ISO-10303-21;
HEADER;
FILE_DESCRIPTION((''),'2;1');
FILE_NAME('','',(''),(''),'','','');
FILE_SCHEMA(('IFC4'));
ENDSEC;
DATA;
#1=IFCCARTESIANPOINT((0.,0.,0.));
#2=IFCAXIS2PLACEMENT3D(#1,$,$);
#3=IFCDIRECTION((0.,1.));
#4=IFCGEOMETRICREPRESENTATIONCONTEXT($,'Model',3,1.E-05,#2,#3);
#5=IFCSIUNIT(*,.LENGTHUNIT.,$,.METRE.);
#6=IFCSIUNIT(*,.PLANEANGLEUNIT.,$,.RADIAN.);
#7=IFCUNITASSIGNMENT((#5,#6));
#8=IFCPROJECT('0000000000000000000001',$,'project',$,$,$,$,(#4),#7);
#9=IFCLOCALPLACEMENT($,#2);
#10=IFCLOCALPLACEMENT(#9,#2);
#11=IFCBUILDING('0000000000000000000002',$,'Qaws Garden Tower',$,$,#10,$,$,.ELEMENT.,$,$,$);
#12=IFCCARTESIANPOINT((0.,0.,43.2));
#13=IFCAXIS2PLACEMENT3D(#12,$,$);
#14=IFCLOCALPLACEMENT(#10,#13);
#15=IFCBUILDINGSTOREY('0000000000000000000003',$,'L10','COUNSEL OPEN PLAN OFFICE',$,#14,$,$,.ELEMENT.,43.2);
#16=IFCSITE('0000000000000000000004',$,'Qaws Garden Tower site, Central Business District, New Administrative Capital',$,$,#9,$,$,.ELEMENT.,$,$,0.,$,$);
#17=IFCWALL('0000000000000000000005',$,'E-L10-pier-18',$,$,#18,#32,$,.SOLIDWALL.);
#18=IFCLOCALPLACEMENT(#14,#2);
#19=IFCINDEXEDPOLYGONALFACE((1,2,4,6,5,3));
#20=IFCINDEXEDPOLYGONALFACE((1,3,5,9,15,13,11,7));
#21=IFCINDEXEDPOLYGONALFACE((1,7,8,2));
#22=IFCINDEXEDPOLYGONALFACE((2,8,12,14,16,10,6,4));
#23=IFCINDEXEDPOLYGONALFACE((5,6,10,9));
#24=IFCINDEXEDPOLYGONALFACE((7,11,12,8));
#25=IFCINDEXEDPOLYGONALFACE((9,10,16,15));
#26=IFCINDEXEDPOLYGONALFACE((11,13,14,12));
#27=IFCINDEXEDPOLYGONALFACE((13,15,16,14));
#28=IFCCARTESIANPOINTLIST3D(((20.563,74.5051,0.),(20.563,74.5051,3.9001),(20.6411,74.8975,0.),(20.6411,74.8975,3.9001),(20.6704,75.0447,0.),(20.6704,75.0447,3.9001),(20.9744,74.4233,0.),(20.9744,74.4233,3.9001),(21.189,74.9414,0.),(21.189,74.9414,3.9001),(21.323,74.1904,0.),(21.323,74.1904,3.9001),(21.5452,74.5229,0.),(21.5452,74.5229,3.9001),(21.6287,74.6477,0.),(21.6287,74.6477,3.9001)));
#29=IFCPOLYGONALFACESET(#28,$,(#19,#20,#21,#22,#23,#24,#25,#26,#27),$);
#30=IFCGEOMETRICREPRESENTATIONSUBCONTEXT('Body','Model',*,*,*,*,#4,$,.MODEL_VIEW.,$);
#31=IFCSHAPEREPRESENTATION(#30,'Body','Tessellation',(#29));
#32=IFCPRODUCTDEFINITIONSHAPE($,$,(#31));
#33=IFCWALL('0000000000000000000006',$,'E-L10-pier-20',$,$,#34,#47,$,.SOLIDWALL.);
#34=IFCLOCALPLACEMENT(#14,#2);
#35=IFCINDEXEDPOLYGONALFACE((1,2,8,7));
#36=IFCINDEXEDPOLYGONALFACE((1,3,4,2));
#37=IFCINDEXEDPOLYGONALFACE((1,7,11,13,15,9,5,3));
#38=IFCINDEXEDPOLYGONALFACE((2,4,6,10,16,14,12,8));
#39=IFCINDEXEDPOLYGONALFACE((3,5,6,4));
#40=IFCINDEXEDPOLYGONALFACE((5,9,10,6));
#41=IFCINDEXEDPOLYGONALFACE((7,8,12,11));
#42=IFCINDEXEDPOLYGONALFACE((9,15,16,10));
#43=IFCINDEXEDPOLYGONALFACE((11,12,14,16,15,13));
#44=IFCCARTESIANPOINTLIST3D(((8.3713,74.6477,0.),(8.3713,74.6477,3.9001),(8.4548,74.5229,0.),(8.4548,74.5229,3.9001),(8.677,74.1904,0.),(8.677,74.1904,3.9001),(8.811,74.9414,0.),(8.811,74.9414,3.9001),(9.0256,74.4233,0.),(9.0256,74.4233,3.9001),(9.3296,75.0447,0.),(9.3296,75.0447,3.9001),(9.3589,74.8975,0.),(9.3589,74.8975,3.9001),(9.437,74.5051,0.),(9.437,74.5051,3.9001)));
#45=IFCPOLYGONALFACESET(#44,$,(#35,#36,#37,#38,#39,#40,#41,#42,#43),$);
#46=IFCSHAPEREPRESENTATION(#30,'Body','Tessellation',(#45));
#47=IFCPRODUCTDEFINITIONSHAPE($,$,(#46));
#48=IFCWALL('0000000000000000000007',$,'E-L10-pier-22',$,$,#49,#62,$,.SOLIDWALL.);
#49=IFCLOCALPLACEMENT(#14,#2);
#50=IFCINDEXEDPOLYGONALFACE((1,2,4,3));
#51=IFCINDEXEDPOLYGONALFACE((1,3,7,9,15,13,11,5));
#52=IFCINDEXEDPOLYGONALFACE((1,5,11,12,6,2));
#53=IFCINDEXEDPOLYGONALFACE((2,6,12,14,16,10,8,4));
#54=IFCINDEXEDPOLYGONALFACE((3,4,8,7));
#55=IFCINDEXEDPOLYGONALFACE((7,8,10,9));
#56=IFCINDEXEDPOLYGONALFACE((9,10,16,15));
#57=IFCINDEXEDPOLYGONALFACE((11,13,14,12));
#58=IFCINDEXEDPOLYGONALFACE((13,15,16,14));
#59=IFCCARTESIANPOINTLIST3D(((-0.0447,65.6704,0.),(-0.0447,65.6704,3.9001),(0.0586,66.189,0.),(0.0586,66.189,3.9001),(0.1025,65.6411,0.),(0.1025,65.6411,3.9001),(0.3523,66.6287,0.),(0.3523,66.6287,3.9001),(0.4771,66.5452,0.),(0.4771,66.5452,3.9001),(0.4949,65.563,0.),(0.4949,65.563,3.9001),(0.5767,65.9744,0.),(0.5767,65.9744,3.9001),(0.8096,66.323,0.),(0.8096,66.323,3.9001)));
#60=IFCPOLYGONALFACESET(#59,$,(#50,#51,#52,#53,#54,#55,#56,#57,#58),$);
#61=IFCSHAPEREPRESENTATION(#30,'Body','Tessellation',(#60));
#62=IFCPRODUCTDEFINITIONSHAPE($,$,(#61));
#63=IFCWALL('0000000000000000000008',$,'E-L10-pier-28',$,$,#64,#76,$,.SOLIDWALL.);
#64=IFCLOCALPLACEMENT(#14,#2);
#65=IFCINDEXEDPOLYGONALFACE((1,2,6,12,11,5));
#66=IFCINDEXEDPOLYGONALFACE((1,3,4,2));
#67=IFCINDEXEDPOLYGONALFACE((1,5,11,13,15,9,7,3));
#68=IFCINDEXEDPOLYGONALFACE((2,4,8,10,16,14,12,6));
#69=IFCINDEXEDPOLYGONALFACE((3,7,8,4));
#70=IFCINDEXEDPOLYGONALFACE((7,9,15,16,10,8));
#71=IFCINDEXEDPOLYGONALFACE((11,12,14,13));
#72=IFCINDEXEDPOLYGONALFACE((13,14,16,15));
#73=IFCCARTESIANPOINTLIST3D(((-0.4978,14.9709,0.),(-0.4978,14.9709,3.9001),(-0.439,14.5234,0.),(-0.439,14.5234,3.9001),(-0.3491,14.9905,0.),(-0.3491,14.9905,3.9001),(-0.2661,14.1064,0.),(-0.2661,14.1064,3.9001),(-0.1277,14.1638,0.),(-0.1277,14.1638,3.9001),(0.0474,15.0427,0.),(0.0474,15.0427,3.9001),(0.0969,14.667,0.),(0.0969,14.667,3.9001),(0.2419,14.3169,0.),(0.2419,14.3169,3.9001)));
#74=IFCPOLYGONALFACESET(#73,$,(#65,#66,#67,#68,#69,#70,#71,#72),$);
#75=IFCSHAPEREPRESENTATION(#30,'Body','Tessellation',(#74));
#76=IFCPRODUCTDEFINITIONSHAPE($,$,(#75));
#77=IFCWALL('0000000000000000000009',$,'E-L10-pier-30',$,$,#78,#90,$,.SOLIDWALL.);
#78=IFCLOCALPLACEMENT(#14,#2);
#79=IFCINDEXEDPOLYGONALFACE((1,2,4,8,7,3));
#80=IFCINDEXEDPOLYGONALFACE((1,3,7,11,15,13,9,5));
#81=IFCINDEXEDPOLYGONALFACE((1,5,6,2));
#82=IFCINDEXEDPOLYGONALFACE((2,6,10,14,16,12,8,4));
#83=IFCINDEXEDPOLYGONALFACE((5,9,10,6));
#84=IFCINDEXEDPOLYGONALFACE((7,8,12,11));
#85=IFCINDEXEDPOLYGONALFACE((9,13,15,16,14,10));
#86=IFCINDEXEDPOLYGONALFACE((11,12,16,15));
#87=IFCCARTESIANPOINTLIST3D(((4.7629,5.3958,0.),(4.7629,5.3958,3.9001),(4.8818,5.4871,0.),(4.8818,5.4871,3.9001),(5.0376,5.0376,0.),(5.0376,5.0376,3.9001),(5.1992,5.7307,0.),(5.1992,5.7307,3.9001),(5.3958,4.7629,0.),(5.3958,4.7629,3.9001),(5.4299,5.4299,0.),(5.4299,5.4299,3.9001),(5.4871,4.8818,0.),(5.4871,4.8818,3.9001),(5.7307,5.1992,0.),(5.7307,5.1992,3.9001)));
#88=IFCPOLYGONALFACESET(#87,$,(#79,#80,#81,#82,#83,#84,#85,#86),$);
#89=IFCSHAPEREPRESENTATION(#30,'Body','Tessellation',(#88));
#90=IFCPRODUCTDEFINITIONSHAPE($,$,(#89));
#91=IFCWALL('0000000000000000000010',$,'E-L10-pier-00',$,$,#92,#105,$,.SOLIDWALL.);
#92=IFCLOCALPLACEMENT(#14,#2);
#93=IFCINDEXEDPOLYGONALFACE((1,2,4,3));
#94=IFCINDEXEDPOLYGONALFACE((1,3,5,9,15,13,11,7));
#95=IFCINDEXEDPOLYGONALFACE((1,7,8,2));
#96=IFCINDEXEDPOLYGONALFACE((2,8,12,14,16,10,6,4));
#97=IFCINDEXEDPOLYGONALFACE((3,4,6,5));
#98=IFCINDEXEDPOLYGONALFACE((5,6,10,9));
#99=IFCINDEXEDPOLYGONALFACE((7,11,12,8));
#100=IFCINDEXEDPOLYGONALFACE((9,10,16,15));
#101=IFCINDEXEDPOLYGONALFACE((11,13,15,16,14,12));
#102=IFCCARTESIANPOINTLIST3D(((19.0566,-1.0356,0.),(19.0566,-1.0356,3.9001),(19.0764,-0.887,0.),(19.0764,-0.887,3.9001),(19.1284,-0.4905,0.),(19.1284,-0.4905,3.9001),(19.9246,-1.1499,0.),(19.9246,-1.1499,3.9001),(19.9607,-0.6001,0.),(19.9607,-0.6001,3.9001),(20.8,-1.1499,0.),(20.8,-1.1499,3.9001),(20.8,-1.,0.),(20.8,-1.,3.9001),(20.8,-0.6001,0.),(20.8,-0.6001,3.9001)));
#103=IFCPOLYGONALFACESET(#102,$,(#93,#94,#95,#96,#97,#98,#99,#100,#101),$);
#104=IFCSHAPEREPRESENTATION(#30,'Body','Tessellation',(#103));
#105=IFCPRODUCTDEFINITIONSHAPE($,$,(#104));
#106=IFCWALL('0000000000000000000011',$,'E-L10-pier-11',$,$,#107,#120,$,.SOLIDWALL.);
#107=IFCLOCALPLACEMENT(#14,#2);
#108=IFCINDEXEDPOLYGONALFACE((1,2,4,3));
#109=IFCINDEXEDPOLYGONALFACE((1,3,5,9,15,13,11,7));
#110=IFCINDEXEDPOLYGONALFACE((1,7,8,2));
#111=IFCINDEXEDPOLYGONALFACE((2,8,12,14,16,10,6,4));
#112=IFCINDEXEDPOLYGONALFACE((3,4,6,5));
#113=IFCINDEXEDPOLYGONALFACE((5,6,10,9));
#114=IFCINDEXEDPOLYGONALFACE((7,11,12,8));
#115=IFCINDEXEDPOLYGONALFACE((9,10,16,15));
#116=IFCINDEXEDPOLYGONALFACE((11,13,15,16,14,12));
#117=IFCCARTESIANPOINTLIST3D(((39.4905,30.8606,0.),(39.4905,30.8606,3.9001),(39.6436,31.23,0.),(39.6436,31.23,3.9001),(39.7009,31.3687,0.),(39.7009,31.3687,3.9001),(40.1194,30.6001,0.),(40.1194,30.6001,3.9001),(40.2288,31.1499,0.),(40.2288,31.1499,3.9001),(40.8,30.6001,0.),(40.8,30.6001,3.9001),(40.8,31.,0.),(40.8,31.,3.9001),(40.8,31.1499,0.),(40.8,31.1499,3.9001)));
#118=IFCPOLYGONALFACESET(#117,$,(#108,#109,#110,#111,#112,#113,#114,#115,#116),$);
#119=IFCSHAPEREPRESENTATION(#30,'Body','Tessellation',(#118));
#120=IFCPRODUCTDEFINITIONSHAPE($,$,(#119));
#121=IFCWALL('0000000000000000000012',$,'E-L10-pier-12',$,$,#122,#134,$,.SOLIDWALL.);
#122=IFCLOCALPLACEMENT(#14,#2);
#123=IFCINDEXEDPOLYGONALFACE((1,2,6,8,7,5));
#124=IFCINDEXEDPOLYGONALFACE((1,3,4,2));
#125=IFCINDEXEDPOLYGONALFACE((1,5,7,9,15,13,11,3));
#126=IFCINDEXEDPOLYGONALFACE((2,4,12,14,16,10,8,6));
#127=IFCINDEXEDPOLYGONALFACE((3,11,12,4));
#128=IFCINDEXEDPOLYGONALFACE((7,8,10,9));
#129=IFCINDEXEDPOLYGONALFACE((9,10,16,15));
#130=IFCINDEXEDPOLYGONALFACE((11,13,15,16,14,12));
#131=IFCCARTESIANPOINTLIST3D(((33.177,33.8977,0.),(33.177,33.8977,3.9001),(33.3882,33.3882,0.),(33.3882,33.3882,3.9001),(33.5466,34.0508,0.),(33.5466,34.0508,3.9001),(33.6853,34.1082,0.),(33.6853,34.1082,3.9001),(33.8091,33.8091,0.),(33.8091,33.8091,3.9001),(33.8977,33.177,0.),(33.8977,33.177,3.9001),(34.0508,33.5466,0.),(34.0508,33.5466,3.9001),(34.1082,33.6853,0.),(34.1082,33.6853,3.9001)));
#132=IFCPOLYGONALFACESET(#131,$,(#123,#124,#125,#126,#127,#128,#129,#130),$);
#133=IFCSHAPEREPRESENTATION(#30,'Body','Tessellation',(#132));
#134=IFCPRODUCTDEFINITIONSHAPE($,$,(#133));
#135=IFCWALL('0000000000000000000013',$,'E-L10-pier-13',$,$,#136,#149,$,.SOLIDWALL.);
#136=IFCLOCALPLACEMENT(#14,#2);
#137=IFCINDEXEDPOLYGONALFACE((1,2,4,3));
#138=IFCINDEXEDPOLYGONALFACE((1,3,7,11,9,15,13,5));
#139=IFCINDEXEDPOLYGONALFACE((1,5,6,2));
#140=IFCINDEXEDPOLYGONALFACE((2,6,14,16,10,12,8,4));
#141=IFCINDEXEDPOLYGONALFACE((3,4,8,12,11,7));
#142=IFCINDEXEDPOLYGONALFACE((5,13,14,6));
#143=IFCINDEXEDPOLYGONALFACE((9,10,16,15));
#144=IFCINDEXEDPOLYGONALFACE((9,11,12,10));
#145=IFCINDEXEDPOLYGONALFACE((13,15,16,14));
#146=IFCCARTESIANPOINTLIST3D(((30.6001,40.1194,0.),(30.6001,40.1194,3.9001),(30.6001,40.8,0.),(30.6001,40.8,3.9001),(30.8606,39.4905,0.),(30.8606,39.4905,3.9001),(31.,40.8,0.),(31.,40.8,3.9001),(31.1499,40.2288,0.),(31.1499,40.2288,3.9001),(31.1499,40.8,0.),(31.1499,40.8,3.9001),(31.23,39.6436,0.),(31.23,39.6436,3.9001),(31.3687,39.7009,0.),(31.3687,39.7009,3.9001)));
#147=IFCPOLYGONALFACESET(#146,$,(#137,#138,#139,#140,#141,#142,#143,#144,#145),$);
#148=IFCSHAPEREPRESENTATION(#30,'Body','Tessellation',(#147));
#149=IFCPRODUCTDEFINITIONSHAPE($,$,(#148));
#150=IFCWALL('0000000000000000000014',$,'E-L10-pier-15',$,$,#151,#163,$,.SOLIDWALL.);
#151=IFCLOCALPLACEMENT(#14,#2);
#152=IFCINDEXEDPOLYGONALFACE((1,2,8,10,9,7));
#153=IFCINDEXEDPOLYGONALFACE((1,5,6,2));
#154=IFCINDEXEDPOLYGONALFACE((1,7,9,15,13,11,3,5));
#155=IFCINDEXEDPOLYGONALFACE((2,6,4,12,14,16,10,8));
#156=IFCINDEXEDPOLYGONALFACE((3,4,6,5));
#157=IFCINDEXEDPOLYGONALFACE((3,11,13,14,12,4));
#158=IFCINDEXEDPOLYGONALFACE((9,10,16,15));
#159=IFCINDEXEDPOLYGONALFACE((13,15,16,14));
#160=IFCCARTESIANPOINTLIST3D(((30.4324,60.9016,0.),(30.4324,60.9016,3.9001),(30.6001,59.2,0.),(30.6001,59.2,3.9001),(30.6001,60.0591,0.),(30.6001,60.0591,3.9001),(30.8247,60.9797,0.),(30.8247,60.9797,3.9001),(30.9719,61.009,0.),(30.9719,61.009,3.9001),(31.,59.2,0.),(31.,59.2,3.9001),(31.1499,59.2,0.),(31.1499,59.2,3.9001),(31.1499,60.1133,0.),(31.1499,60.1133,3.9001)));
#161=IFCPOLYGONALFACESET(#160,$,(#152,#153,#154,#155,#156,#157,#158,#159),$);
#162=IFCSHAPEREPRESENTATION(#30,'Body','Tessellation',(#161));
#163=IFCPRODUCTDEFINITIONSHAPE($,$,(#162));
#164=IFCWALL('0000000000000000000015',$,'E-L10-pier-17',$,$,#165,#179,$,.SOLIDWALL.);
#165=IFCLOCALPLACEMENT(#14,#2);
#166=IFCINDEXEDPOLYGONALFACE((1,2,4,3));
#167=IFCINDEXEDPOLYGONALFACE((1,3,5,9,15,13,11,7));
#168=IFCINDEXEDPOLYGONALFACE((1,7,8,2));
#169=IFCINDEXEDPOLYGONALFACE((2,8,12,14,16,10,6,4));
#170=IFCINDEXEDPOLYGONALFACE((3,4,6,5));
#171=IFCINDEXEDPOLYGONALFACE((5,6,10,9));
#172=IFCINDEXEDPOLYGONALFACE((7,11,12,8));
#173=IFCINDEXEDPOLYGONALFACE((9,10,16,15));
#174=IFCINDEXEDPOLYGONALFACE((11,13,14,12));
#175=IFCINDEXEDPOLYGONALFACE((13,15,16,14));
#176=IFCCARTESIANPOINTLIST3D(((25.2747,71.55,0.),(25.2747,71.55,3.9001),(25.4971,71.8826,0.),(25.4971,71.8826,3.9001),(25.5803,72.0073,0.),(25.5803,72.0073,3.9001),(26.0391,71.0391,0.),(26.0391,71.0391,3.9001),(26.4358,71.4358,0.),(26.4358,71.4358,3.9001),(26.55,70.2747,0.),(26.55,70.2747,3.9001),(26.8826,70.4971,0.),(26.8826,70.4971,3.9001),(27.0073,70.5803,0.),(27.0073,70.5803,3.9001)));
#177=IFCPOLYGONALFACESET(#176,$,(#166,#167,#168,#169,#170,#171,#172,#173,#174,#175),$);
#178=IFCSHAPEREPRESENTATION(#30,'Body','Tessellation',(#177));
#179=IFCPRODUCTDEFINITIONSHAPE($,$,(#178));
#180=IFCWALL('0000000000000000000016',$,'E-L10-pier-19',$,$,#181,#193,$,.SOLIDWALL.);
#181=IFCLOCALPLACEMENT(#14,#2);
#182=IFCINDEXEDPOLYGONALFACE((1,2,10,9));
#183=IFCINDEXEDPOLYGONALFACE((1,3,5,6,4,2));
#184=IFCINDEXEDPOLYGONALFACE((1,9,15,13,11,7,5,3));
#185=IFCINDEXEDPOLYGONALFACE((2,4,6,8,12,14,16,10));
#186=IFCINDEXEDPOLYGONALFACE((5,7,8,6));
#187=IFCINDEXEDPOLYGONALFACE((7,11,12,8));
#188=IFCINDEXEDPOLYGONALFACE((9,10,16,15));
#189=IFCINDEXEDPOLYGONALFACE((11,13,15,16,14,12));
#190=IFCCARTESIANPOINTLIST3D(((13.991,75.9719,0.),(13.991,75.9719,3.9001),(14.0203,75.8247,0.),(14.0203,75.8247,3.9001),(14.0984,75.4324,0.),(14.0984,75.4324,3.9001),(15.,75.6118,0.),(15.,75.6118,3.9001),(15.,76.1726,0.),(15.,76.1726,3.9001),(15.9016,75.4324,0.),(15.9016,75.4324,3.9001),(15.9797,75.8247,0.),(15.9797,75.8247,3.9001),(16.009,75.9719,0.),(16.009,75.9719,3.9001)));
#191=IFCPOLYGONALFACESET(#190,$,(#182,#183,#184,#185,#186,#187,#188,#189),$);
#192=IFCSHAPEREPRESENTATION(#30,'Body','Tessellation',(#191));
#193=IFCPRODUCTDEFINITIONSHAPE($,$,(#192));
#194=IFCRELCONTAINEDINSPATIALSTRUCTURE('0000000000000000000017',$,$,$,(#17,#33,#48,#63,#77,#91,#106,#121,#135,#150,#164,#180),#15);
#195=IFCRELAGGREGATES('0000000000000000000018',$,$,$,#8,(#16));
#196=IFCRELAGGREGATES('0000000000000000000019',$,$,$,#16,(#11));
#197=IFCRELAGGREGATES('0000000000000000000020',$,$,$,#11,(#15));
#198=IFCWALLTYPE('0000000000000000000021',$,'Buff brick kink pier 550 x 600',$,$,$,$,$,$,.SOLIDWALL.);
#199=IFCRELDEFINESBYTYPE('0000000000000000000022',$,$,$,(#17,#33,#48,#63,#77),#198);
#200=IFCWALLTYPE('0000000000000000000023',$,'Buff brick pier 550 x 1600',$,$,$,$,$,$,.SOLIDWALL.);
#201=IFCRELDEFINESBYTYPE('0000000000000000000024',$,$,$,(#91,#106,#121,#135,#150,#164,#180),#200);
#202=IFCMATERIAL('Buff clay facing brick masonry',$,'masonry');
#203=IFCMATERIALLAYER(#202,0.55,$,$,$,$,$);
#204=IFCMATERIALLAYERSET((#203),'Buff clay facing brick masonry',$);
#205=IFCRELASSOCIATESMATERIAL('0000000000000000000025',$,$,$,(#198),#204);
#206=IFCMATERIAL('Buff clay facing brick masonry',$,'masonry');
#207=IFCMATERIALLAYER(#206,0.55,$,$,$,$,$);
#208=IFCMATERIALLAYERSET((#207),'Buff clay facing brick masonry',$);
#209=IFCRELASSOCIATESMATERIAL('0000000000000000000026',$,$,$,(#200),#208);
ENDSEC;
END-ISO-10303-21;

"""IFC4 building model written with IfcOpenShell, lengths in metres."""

from ifc_helpers import new_model, si_unit, direction, frame, origin, place, context, subcontext, project, spatial, polyline, outline, extrude, material, layer, layer_set, type_object, element, save


model = new_model("IFC4")

# Units and contexts
model_context = context("Model", 3, precision=1e-05, world=origin(), true_north=direction((0.0, 1.0)))
body_context = subcontext(model_context, "Body", "Model", "MODEL_VIEW")
ifc_project = project(units=[si_unit("LENGTHUNIT", "METRE"), si_unit("PLANEANGLEUNIT", "RADIAN")], contexts=[model_context])

# Site, building, storey
site_placement = place(None, origin())
site = spatial("IfcSite", under=ifc_project, at=site_placement, Name="Qaws Garden Tower site, Central Business District, New Administrative Capital", CompositionType="ELEMENT", RefElevation=0.0)
building_placement = place(site_placement, origin())
building = spatial("IfcBuilding", under=site, at=building_placement, Name="Qaws Garden Tower", CompositionType="ELEMENT")
storey_placement = place(building_placement, frame((0.0, 0.0, 43.2)))
storey = spatial("IfcBuildingStorey", under=building, at=storey_placement, Name="L10", Description="COUNSEL OPEN PLAN OFFICE", CompositionType="ELEMENT", Elevation=43.2)

# Walls
placement = place(storey_placement, origin())
ifc_material_1 = material(Name="Buff clay facing brick masonry", Category="masonry")
ifc_layer_1 = layer(ifc_material_1, 0.55)
ifc_layer_set_1 = layer_set([ifc_layer_1], Name="Buff clay facing brick masonry")
wall_type_1 = type_object("IfcWallType", Name="Buff brick kink pier 550 x 600", PredefinedType="SOLIDWALL", material=ifc_layer_set_1)
element("IfcWall", 1, at=placement, inside=storey, type_object=wall_type_1, Name="E-L10-pier-18", PredefinedType="SOLIDWALL", context=body_context, shape_type="SweptSolid", body=[
    extrude(outline(polyline([(21.5452, 74.5229), (21.6287, 74.6477), (21.189, 74.9414), (20.6704, 75.0447), (20.6411, 74.8975), (20.563, 74.5051), (20.9744, 74.4233), (21.323, 74.1904), (21.5452, 74.5229)])), origin(), (0.0, 0.0, 1.0), 3.9001),
])
element("IfcWall", 2, at=placement, inside=storey, type_object=wall_type_1, Name="E-L10-pier-20", PredefinedType="SOLIDWALL", context=body_context, shape_type="SweptSolid", body=[
    extrude(outline(polyline([(9.3589, 74.8975), (9.3296, 75.0447), (8.811, 74.9414), (8.3713, 74.6477), (8.4548, 74.5229), (8.677, 74.1904), (9.0256, 74.4233), (9.437, 74.5051), (9.3589, 74.8975)])), origin(), (0.0, 0.0, 1.0), 3.9001),
])
element("IfcWall", 3, at=placement, inside=storey, type_object=wall_type_1, Name="E-L10-pier-22", PredefinedType="SOLIDWALL", context=body_context, shape_type="SweptSolid", body=[
    extrude(outline(polyline([(0.4771, 66.5452), (0.3523, 66.6287), (0.0586, 66.189), (-0.0447, 65.6704), (0.1025, 65.6411), (0.4949, 65.563), (0.5767, 65.9744), (0.8096, 66.323), (0.4771, 66.5452)])), origin(), (0.0, 0.0, 1.0), 3.9001),
])
element("IfcWall", 4, at=placement, inside=storey, type_object=wall_type_1, Name="E-L10-pier-28", PredefinedType="SOLIDWALL", context=body_context, shape_type="SweptSolid", body=[
    extrude(outline(polyline([(-0.3491, 14.9905), (-0.4978, 14.9709), (-0.439, 14.5234), (-0.2661, 14.1064), (-0.1277, 14.1638), (0.2419, 14.3169), (0.0969, 14.667), (0.0474, 15.0427), (-0.3491, 14.9905)])), origin(), (0.0, 0.0, 1.0), 3.9001),
])
element("IfcWall", 5, at=placement, inside=storey, type_object=wall_type_1, Name="E-L10-pier-30", PredefinedType="SOLIDWALL", context=body_context, shape_type="SweptSolid", body=[
    extrude(outline(polyline([(4.8818, 5.4871), (4.7629, 5.3958), (5.0376, 5.0376), (5.3958, 4.7629), (5.4871, 4.8818), (5.7307, 5.1992), (5.4299, 5.4299), (5.1992, 5.7307), (4.8818, 5.4871)])), origin(), (0.0, 0.0, 1.0), 3.9001),
])
ifc_material_2 = material(Name="Buff clay facing brick masonry", Category="masonry")
ifc_layer_2 = layer(ifc_material_2, 0.55)
ifc_layer_set_2 = layer_set([ifc_layer_2], Name="Buff clay facing brick masonry")
wall_type_2 = type_object("IfcWallType", Name="Buff brick pier 550 x 1600", PredefinedType="SOLIDWALL", material=ifc_layer_set_2)
element("IfcWall", 6, at=placement, inside=storey, type_object=wall_type_2, Name="E-L10-pier-00", PredefinedType="SOLIDWALL", context=body_context, shape_type="SweptSolid", body=[
    extrude(outline(polyline([(19.0764, -0.887), (19.0566, -1.0356), (19.9246, -1.1499), (20.8, -1.1499), (20.8, -1.0), (20.8, -0.6001), (19.9607, -0.6001), (19.1284, -0.4905), (19.0764, -0.887)])), origin(), (0.0, 0.0, 1.0), 3.9001),
])
element("IfcWall", 7, at=placement, inside=storey, type_object=wall_type_2, Name="E-L10-pier-11", PredefinedType="SOLIDWALL", context=body_context, shape_type="SweptSolid", body=[
    extrude(outline(polyline([(40.8, 31.0), (40.8, 31.1499), (40.2288, 31.1499), (39.7009, 31.3687), (39.6436, 31.23), (39.4905, 30.8606), (40.1194, 30.6001), (40.8, 30.6001), (40.8, 31.0)])), origin(), (0.0, 0.0, 1.0), 3.9001),
])
element("IfcWall", 8, at=placement, inside=storey, type_object=wall_type_2, Name="E-L10-pier-12", PredefinedType="SOLIDWALL", context=body_context, shape_type="SweptSolid", body=[
    extrude(outline(polyline([(34.0508, 33.5466), (34.1082, 33.6853), (33.8091, 33.8091), (33.6853, 34.1082), (33.5466, 34.0508), (33.177, 33.8977), (33.3882, 33.3882), (33.8977, 33.177), (34.0508, 33.5466)])), origin(), (0.0, 0.0, 1.0), 3.9001),
])
element("IfcWall", 9, at=placement, inside=storey, type_object=wall_type_2, Name="E-L10-pier-13", PredefinedType="SOLIDWALL", context=body_context, shape_type="SweptSolid", body=[
    extrude(outline(polyline([(31.23, 39.6436), (31.3687, 39.7009), (31.1499, 40.2288), (31.1499, 40.8), (31.0, 40.8), (30.6001, 40.8), (30.6001, 40.1194), (30.8606, 39.4905), (31.23, 39.6436)])), origin(), (0.0, 0.0, 1.0), 3.9001),
])
element("IfcWall", 10, at=placement, inside=storey, type_object=wall_type_2, Name="E-L10-pier-15", PredefinedType="SOLIDWALL", context=body_context, shape_type="SweptSolid", body=[
    extrude(outline(polyline([(31.0, 59.2), (31.1499, 59.2), (31.1499, 60.1133), (30.9719, 61.009), (30.8247, 60.9797), (30.4324, 60.9016), (30.6001, 60.0591), (30.6001, 59.2), (31.0, 59.2)])), origin(), (0.0, 0.0, 1.0), 3.9001),
])
element("IfcWall", 11, at=placement, inside=storey, type_object=wall_type_2, Name="E-L10-pier-17", PredefinedType="SOLIDWALL", context=body_context, shape_type="SweptSolid", body=[
    extrude(outline(polyline([(26.8826, 70.4971), (27.0073, 70.5803), (26.4358, 71.4358), (25.5803, 72.0073), (25.4971, 71.8826), (25.2747, 71.55), (26.0391, 71.0391), (26.55, 70.2747), (26.8826, 70.4971)])), origin(), (0.0, 0.0, 1.0), 3.9001),
])
element("IfcWall", 12, at=placement, inside=storey, type_object=wall_type_2, Name="E-L10-pier-19", PredefinedType="SOLIDWALL", context=body_context, shape_type="SweptSolid", body=[
    extrude(outline(polyline([(15.9797, 75.8247), (16.009, 75.9719), (15.0, 76.1726), (13.991, 75.9719), (14.0203, 75.8247), (14.0984, 75.4324), (15.0, 75.6118), (15.9016, 75.4324), (15.9797, 75.8247)])), origin(), (0.0, 0.0, 1.0), 3.9001),
])

save(model, "model.ifc")
